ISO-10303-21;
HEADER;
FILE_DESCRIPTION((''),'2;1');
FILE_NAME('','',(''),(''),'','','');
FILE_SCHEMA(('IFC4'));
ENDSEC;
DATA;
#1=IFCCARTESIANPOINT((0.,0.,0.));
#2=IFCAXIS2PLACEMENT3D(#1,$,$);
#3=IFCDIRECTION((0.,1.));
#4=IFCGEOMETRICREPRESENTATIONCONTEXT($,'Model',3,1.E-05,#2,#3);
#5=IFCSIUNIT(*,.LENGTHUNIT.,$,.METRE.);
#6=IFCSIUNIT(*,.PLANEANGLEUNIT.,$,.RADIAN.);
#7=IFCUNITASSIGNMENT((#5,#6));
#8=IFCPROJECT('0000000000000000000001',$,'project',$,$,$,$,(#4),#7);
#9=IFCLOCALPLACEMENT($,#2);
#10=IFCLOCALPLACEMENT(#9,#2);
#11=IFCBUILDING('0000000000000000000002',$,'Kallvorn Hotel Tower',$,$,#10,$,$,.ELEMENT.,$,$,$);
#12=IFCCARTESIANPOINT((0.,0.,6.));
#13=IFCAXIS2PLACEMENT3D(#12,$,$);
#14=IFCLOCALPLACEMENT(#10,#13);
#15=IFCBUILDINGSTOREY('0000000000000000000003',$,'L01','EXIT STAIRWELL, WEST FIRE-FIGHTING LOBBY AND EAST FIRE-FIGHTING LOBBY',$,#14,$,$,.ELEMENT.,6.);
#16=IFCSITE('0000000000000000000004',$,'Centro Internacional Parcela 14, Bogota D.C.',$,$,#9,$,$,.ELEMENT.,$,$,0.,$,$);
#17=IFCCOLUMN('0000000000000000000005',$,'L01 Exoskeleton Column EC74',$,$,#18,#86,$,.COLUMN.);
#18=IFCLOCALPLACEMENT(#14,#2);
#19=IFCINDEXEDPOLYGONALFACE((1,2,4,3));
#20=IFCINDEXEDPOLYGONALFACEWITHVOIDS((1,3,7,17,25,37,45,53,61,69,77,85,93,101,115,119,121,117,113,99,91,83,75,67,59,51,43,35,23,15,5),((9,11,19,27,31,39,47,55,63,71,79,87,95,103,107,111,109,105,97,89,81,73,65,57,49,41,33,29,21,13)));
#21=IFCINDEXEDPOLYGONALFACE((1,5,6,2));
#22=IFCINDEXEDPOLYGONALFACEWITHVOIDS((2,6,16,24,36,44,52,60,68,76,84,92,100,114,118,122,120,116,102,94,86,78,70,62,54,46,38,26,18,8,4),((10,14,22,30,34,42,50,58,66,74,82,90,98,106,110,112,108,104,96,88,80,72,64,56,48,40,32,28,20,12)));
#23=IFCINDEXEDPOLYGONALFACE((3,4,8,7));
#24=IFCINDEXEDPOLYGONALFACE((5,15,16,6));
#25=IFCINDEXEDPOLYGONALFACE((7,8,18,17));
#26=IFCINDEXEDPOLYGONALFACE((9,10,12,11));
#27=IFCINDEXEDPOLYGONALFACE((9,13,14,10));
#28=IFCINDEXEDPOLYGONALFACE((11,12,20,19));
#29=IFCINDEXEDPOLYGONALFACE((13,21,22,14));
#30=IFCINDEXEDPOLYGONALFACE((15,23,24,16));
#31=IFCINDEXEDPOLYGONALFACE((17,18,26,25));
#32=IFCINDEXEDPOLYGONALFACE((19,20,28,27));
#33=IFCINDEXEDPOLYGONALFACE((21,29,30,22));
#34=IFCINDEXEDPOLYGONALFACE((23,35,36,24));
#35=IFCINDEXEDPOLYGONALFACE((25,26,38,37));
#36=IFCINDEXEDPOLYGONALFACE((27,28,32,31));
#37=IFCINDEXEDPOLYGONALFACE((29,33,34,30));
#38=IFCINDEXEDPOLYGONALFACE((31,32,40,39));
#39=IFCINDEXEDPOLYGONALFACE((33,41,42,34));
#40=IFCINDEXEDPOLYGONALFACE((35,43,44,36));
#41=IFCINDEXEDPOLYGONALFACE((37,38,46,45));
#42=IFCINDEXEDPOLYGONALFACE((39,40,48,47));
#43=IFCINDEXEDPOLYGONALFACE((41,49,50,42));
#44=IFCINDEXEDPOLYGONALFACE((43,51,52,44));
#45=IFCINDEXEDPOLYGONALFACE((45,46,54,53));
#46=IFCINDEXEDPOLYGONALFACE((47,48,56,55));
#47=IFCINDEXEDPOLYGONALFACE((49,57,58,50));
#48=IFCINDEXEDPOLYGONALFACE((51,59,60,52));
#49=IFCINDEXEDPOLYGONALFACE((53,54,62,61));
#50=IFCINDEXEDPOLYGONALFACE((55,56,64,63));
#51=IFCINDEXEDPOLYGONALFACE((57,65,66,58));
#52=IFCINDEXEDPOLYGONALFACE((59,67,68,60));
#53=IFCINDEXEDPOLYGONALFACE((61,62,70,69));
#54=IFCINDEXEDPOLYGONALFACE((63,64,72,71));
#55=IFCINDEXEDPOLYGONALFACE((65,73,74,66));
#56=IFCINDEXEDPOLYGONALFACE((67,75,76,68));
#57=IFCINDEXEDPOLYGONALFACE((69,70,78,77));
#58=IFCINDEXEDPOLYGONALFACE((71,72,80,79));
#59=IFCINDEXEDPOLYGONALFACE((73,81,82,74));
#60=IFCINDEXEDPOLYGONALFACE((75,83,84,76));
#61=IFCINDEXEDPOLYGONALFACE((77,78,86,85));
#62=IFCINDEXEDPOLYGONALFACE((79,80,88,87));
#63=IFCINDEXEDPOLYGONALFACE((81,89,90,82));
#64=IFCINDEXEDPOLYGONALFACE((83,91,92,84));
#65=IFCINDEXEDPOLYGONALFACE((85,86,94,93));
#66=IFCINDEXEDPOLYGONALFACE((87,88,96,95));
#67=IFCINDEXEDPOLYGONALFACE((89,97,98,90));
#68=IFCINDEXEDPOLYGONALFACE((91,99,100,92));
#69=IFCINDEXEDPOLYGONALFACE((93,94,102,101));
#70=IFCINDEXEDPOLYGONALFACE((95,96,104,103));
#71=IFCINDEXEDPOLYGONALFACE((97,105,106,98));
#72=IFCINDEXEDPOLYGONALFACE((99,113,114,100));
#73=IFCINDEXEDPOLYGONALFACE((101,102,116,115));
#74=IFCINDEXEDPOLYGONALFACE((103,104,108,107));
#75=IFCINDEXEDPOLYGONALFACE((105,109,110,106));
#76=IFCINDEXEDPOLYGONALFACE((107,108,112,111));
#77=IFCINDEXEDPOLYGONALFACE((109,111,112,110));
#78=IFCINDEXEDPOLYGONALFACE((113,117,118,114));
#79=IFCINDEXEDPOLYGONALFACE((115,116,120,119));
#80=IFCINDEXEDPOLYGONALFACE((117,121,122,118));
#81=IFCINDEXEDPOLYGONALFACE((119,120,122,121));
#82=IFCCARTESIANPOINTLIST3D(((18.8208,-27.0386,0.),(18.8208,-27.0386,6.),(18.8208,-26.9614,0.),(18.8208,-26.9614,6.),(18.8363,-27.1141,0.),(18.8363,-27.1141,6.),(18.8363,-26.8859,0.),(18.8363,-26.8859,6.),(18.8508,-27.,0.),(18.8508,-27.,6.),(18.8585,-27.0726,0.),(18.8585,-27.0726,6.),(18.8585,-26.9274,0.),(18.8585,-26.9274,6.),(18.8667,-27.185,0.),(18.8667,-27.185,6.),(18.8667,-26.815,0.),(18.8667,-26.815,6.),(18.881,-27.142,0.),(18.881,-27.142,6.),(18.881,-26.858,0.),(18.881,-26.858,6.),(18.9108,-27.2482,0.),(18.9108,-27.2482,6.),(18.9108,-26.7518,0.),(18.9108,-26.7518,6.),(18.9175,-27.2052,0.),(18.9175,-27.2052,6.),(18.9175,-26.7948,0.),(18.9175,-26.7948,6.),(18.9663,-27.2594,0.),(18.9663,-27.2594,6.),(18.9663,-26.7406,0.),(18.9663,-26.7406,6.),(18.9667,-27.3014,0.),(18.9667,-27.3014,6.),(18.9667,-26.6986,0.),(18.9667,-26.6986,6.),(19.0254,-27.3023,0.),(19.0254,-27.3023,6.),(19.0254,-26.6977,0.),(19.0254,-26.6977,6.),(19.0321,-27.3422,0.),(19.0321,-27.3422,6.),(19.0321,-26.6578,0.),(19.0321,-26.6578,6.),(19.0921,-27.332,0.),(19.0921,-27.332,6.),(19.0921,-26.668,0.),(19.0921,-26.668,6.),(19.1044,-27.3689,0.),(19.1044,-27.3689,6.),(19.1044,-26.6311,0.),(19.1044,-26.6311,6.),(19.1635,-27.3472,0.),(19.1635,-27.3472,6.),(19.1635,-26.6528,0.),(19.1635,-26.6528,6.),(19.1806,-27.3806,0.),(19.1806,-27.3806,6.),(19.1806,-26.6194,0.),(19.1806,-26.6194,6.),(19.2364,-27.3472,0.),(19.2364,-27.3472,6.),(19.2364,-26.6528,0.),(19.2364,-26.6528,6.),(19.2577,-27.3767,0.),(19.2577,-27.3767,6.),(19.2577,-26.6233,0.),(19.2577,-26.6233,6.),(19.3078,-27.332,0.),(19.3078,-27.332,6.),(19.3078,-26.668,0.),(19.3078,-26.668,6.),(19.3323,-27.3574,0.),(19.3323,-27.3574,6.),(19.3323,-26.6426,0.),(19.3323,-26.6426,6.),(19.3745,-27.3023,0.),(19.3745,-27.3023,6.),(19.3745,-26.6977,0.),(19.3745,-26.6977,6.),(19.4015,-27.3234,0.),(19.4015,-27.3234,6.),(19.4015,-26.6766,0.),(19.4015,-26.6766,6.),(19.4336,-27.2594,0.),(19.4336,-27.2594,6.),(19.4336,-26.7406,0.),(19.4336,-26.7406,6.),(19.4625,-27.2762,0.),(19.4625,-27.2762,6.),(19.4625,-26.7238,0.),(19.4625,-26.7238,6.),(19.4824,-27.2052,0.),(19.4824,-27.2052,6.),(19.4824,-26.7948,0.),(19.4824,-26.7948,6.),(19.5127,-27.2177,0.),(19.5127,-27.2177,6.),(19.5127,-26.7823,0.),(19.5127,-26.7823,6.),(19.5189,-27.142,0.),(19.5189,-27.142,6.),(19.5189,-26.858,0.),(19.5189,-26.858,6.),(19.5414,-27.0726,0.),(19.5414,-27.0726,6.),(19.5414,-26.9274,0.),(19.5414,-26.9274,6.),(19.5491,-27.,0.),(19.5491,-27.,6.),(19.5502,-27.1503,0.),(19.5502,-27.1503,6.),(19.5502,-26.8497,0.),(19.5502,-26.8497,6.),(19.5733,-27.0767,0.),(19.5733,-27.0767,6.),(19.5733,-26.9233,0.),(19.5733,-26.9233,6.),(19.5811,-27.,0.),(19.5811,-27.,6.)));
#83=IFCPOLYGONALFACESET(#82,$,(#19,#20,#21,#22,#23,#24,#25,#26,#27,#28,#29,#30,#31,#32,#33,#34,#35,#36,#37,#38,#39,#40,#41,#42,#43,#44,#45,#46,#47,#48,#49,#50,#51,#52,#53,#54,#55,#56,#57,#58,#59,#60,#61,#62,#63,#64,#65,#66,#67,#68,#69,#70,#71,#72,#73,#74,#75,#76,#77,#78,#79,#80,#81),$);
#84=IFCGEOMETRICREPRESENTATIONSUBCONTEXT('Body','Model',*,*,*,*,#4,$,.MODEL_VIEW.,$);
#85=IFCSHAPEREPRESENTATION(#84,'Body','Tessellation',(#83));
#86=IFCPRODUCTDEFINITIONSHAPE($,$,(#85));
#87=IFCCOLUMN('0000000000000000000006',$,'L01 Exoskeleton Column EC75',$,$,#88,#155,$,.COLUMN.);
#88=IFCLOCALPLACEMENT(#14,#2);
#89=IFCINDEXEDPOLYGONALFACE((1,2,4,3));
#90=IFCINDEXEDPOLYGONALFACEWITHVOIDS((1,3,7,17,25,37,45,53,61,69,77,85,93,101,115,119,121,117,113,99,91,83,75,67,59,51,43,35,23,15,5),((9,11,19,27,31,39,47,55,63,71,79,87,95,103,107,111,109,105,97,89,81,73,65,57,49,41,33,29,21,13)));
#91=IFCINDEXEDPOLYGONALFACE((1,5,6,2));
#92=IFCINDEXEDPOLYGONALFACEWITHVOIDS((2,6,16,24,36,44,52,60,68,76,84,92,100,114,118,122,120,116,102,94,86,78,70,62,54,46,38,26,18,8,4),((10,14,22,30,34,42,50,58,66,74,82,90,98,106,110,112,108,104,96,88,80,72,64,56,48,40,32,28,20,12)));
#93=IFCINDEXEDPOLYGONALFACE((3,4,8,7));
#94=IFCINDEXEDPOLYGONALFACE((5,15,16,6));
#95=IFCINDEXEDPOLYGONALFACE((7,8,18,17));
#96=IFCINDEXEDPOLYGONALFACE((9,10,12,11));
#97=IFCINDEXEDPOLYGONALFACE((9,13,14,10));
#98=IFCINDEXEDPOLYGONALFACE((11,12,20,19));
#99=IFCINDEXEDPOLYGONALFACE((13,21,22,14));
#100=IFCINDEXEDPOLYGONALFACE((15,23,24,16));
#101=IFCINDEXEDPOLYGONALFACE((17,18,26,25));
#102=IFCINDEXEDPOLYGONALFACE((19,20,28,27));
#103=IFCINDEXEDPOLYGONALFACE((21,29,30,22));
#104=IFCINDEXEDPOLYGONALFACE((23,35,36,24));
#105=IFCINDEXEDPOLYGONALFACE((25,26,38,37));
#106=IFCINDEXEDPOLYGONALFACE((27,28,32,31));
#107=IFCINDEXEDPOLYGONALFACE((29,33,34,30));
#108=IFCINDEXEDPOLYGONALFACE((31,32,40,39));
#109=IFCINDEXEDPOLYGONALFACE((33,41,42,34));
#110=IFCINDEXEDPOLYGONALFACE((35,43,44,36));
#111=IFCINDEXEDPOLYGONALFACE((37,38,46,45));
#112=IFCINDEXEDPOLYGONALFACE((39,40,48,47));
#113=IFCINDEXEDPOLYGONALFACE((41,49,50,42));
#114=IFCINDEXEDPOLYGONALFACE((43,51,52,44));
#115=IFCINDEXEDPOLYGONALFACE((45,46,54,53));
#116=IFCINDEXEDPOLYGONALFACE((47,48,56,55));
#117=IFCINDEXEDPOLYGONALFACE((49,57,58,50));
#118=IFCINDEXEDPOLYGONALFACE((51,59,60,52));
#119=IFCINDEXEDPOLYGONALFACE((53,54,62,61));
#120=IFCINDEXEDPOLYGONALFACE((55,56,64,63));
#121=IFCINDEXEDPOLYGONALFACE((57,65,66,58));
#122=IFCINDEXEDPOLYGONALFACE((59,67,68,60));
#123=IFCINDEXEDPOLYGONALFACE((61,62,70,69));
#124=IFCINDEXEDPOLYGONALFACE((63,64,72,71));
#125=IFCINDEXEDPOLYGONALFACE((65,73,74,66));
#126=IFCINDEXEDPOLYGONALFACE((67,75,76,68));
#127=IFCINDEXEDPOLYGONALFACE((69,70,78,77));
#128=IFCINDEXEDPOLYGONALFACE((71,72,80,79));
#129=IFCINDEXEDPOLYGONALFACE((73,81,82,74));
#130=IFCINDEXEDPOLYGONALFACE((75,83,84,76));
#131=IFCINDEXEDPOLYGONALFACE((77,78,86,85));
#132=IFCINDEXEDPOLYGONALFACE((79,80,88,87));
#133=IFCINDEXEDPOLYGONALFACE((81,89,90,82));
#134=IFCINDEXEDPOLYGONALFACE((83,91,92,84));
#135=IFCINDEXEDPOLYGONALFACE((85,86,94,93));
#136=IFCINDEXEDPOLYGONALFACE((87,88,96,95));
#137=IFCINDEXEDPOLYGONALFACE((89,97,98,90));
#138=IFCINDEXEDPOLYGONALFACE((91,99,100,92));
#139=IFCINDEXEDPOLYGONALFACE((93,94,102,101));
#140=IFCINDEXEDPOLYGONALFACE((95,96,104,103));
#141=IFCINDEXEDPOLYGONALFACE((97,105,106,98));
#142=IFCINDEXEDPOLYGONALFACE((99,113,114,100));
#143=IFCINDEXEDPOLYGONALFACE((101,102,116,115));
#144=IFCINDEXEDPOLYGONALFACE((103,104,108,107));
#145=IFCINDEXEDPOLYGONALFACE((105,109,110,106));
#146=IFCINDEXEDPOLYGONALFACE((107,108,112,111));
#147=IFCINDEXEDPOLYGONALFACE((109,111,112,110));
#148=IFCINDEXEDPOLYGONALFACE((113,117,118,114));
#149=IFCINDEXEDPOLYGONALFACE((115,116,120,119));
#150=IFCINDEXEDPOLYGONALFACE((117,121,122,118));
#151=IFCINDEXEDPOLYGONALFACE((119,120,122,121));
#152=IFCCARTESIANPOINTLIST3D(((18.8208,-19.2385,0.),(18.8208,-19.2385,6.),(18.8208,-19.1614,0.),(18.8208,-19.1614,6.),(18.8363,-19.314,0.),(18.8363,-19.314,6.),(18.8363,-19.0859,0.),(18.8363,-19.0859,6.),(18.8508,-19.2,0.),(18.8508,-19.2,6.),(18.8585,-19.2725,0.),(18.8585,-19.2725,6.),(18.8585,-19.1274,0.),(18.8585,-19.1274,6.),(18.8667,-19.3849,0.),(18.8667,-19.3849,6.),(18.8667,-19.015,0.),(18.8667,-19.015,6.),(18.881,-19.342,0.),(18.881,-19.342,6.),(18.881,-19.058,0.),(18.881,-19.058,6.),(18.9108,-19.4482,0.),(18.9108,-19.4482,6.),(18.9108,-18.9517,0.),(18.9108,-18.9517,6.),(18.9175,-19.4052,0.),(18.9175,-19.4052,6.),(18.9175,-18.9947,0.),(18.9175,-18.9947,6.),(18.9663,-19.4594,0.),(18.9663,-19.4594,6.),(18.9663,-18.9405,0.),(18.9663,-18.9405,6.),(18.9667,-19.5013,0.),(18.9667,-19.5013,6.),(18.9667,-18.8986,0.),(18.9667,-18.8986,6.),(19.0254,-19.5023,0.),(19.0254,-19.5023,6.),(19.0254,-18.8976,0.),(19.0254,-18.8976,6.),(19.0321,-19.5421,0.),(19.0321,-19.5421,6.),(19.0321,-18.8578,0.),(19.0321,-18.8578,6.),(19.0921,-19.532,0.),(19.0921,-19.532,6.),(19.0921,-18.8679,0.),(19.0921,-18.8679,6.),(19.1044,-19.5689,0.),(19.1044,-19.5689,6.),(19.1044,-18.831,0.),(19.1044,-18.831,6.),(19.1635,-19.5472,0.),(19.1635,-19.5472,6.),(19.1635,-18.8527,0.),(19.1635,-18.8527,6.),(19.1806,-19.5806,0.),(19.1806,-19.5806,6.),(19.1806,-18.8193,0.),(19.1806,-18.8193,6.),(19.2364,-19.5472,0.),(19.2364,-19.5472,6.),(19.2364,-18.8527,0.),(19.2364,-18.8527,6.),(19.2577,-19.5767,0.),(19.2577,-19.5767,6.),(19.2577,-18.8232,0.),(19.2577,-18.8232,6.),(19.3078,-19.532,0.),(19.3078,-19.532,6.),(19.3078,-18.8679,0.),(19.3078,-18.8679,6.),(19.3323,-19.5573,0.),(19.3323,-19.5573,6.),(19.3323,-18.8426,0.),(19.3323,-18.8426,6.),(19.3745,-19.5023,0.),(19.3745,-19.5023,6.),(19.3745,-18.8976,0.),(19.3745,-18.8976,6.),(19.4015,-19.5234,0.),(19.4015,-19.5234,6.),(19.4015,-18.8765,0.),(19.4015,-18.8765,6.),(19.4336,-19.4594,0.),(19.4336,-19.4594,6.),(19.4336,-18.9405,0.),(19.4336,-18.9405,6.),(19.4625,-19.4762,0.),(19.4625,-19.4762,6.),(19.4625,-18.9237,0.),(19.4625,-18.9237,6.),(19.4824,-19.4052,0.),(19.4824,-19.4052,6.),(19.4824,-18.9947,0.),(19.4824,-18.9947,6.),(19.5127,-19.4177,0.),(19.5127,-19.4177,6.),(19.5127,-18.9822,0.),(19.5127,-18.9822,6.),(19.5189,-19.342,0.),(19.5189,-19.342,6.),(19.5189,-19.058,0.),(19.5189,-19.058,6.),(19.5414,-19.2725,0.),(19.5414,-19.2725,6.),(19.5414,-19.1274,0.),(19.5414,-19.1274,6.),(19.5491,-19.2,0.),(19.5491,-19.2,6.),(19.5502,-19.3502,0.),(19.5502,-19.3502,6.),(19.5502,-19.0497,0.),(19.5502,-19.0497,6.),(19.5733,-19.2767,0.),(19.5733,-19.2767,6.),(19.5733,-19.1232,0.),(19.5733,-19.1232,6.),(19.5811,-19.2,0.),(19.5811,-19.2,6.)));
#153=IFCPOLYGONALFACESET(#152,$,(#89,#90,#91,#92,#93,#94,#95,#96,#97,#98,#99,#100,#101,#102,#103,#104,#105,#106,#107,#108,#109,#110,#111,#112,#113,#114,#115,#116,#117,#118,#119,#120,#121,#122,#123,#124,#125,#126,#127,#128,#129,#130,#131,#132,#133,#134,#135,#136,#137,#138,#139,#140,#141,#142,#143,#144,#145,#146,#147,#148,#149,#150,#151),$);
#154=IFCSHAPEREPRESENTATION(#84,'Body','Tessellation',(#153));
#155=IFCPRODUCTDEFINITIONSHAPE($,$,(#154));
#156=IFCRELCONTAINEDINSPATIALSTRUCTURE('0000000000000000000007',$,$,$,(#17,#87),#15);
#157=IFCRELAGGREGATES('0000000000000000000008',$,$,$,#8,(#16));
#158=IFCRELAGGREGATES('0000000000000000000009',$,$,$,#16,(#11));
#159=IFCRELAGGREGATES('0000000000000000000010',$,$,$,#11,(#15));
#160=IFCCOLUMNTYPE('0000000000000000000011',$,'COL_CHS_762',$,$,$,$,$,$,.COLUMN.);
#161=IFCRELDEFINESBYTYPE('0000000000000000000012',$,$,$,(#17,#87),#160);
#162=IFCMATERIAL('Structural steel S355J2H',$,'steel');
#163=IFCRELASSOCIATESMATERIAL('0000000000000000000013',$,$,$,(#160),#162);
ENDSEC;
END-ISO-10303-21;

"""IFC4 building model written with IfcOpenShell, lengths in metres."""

from ifc_helpers import new_model, si_unit, direction, frame, origin, origin_2d, place, context, subcontext, project, spatial, hollow_circle, extrude, material, material_profile, profile_set, type_object, element, save


model = new_model("IFC4")

# Units and contexts
model_context = context("Model", 3, precision=1e-05, world=origin(), true_north=direction((0.0, 1.0)))
body_context = subcontext(model_context, "Body", "Model", "MODEL_VIEW")
ifc_project = project(units=[si_unit("LENGTHUNIT", "METRE"), si_unit("PLANEANGLEUNIT", "RADIAN")], contexts=[model_context])

# Site, building, storey
site_placement = place(None, origin())
site = spatial("IfcSite", under=ifc_project, at=site_placement, Name="Centro Internacional Parcela 14, Bogota D.C.", CompositionType="ELEMENT", RefElevation=0.0)
building_placement = place(site_placement, origin())
building = spatial("IfcBuilding", under=site, at=building_placement, Name="Kallvorn Hotel Tower", CompositionType="ELEMENT")
storey_placement = place(building_placement, frame((0.0, 0.0, 6.0)))
storey = spatial("IfcBuildingStorey", under=building, at=storey_placement, Name="L01", Description="EXIT STAIRWELL, WEST FIRE-FIGHTING LOBBY AND EAST FIRE-FIGHTING LOBBY", CompositionType="ELEMENT", Elevation=6.0)

# Columns
ifc_material_1 = material(Name="Structural steel S355J2H", Category="steel")
ifc_material_profile_1 = material_profile(ifc_material_1, hollow_circle(Radius=0.3811, WallThickness=0.032, at=origin_2d()), Name="CHS 762x32")
ifc_profile_set_1 = profile_set([ifc_material_profile_1], Name="Structural steel S355J2H")
column_type_1 = type_object("IfcColumnType", Name="COL_CHS_762", PredefinedType="COLUMN", material=ifc_profile_set_1)
for number, where, z_axis, x_axis, name in (
    (1, (19.2, -27.0, 0.0), (0.0, 0.0, 1.0), (1.0, 0.0, 0.0), "L01 Exoskeleton Column EC74"),
    (2, (19.2, -19.2, 0.0), (0.0, 0.0, 1.0), (1.0, 0.0, 0.0), "L01 Exoskeleton Column EC75"),
):
    element("IfcColumn", number, at=place(storey_placement, frame(where, z_axis=z_axis, x_axis=x_axis)), inside=storey, type_object=column_type_1, Name=name, PredefinedType="COLUMN", context=body_context, shape_type="SweptSolid", body=[
        extrude(hollow_circle(Radius=0.3811, WallThickness=0.032, at=origin_2d()), origin(), (0.0, 0.0, 1.0), 6.0),
    ])

save(model, "model.ifc")
